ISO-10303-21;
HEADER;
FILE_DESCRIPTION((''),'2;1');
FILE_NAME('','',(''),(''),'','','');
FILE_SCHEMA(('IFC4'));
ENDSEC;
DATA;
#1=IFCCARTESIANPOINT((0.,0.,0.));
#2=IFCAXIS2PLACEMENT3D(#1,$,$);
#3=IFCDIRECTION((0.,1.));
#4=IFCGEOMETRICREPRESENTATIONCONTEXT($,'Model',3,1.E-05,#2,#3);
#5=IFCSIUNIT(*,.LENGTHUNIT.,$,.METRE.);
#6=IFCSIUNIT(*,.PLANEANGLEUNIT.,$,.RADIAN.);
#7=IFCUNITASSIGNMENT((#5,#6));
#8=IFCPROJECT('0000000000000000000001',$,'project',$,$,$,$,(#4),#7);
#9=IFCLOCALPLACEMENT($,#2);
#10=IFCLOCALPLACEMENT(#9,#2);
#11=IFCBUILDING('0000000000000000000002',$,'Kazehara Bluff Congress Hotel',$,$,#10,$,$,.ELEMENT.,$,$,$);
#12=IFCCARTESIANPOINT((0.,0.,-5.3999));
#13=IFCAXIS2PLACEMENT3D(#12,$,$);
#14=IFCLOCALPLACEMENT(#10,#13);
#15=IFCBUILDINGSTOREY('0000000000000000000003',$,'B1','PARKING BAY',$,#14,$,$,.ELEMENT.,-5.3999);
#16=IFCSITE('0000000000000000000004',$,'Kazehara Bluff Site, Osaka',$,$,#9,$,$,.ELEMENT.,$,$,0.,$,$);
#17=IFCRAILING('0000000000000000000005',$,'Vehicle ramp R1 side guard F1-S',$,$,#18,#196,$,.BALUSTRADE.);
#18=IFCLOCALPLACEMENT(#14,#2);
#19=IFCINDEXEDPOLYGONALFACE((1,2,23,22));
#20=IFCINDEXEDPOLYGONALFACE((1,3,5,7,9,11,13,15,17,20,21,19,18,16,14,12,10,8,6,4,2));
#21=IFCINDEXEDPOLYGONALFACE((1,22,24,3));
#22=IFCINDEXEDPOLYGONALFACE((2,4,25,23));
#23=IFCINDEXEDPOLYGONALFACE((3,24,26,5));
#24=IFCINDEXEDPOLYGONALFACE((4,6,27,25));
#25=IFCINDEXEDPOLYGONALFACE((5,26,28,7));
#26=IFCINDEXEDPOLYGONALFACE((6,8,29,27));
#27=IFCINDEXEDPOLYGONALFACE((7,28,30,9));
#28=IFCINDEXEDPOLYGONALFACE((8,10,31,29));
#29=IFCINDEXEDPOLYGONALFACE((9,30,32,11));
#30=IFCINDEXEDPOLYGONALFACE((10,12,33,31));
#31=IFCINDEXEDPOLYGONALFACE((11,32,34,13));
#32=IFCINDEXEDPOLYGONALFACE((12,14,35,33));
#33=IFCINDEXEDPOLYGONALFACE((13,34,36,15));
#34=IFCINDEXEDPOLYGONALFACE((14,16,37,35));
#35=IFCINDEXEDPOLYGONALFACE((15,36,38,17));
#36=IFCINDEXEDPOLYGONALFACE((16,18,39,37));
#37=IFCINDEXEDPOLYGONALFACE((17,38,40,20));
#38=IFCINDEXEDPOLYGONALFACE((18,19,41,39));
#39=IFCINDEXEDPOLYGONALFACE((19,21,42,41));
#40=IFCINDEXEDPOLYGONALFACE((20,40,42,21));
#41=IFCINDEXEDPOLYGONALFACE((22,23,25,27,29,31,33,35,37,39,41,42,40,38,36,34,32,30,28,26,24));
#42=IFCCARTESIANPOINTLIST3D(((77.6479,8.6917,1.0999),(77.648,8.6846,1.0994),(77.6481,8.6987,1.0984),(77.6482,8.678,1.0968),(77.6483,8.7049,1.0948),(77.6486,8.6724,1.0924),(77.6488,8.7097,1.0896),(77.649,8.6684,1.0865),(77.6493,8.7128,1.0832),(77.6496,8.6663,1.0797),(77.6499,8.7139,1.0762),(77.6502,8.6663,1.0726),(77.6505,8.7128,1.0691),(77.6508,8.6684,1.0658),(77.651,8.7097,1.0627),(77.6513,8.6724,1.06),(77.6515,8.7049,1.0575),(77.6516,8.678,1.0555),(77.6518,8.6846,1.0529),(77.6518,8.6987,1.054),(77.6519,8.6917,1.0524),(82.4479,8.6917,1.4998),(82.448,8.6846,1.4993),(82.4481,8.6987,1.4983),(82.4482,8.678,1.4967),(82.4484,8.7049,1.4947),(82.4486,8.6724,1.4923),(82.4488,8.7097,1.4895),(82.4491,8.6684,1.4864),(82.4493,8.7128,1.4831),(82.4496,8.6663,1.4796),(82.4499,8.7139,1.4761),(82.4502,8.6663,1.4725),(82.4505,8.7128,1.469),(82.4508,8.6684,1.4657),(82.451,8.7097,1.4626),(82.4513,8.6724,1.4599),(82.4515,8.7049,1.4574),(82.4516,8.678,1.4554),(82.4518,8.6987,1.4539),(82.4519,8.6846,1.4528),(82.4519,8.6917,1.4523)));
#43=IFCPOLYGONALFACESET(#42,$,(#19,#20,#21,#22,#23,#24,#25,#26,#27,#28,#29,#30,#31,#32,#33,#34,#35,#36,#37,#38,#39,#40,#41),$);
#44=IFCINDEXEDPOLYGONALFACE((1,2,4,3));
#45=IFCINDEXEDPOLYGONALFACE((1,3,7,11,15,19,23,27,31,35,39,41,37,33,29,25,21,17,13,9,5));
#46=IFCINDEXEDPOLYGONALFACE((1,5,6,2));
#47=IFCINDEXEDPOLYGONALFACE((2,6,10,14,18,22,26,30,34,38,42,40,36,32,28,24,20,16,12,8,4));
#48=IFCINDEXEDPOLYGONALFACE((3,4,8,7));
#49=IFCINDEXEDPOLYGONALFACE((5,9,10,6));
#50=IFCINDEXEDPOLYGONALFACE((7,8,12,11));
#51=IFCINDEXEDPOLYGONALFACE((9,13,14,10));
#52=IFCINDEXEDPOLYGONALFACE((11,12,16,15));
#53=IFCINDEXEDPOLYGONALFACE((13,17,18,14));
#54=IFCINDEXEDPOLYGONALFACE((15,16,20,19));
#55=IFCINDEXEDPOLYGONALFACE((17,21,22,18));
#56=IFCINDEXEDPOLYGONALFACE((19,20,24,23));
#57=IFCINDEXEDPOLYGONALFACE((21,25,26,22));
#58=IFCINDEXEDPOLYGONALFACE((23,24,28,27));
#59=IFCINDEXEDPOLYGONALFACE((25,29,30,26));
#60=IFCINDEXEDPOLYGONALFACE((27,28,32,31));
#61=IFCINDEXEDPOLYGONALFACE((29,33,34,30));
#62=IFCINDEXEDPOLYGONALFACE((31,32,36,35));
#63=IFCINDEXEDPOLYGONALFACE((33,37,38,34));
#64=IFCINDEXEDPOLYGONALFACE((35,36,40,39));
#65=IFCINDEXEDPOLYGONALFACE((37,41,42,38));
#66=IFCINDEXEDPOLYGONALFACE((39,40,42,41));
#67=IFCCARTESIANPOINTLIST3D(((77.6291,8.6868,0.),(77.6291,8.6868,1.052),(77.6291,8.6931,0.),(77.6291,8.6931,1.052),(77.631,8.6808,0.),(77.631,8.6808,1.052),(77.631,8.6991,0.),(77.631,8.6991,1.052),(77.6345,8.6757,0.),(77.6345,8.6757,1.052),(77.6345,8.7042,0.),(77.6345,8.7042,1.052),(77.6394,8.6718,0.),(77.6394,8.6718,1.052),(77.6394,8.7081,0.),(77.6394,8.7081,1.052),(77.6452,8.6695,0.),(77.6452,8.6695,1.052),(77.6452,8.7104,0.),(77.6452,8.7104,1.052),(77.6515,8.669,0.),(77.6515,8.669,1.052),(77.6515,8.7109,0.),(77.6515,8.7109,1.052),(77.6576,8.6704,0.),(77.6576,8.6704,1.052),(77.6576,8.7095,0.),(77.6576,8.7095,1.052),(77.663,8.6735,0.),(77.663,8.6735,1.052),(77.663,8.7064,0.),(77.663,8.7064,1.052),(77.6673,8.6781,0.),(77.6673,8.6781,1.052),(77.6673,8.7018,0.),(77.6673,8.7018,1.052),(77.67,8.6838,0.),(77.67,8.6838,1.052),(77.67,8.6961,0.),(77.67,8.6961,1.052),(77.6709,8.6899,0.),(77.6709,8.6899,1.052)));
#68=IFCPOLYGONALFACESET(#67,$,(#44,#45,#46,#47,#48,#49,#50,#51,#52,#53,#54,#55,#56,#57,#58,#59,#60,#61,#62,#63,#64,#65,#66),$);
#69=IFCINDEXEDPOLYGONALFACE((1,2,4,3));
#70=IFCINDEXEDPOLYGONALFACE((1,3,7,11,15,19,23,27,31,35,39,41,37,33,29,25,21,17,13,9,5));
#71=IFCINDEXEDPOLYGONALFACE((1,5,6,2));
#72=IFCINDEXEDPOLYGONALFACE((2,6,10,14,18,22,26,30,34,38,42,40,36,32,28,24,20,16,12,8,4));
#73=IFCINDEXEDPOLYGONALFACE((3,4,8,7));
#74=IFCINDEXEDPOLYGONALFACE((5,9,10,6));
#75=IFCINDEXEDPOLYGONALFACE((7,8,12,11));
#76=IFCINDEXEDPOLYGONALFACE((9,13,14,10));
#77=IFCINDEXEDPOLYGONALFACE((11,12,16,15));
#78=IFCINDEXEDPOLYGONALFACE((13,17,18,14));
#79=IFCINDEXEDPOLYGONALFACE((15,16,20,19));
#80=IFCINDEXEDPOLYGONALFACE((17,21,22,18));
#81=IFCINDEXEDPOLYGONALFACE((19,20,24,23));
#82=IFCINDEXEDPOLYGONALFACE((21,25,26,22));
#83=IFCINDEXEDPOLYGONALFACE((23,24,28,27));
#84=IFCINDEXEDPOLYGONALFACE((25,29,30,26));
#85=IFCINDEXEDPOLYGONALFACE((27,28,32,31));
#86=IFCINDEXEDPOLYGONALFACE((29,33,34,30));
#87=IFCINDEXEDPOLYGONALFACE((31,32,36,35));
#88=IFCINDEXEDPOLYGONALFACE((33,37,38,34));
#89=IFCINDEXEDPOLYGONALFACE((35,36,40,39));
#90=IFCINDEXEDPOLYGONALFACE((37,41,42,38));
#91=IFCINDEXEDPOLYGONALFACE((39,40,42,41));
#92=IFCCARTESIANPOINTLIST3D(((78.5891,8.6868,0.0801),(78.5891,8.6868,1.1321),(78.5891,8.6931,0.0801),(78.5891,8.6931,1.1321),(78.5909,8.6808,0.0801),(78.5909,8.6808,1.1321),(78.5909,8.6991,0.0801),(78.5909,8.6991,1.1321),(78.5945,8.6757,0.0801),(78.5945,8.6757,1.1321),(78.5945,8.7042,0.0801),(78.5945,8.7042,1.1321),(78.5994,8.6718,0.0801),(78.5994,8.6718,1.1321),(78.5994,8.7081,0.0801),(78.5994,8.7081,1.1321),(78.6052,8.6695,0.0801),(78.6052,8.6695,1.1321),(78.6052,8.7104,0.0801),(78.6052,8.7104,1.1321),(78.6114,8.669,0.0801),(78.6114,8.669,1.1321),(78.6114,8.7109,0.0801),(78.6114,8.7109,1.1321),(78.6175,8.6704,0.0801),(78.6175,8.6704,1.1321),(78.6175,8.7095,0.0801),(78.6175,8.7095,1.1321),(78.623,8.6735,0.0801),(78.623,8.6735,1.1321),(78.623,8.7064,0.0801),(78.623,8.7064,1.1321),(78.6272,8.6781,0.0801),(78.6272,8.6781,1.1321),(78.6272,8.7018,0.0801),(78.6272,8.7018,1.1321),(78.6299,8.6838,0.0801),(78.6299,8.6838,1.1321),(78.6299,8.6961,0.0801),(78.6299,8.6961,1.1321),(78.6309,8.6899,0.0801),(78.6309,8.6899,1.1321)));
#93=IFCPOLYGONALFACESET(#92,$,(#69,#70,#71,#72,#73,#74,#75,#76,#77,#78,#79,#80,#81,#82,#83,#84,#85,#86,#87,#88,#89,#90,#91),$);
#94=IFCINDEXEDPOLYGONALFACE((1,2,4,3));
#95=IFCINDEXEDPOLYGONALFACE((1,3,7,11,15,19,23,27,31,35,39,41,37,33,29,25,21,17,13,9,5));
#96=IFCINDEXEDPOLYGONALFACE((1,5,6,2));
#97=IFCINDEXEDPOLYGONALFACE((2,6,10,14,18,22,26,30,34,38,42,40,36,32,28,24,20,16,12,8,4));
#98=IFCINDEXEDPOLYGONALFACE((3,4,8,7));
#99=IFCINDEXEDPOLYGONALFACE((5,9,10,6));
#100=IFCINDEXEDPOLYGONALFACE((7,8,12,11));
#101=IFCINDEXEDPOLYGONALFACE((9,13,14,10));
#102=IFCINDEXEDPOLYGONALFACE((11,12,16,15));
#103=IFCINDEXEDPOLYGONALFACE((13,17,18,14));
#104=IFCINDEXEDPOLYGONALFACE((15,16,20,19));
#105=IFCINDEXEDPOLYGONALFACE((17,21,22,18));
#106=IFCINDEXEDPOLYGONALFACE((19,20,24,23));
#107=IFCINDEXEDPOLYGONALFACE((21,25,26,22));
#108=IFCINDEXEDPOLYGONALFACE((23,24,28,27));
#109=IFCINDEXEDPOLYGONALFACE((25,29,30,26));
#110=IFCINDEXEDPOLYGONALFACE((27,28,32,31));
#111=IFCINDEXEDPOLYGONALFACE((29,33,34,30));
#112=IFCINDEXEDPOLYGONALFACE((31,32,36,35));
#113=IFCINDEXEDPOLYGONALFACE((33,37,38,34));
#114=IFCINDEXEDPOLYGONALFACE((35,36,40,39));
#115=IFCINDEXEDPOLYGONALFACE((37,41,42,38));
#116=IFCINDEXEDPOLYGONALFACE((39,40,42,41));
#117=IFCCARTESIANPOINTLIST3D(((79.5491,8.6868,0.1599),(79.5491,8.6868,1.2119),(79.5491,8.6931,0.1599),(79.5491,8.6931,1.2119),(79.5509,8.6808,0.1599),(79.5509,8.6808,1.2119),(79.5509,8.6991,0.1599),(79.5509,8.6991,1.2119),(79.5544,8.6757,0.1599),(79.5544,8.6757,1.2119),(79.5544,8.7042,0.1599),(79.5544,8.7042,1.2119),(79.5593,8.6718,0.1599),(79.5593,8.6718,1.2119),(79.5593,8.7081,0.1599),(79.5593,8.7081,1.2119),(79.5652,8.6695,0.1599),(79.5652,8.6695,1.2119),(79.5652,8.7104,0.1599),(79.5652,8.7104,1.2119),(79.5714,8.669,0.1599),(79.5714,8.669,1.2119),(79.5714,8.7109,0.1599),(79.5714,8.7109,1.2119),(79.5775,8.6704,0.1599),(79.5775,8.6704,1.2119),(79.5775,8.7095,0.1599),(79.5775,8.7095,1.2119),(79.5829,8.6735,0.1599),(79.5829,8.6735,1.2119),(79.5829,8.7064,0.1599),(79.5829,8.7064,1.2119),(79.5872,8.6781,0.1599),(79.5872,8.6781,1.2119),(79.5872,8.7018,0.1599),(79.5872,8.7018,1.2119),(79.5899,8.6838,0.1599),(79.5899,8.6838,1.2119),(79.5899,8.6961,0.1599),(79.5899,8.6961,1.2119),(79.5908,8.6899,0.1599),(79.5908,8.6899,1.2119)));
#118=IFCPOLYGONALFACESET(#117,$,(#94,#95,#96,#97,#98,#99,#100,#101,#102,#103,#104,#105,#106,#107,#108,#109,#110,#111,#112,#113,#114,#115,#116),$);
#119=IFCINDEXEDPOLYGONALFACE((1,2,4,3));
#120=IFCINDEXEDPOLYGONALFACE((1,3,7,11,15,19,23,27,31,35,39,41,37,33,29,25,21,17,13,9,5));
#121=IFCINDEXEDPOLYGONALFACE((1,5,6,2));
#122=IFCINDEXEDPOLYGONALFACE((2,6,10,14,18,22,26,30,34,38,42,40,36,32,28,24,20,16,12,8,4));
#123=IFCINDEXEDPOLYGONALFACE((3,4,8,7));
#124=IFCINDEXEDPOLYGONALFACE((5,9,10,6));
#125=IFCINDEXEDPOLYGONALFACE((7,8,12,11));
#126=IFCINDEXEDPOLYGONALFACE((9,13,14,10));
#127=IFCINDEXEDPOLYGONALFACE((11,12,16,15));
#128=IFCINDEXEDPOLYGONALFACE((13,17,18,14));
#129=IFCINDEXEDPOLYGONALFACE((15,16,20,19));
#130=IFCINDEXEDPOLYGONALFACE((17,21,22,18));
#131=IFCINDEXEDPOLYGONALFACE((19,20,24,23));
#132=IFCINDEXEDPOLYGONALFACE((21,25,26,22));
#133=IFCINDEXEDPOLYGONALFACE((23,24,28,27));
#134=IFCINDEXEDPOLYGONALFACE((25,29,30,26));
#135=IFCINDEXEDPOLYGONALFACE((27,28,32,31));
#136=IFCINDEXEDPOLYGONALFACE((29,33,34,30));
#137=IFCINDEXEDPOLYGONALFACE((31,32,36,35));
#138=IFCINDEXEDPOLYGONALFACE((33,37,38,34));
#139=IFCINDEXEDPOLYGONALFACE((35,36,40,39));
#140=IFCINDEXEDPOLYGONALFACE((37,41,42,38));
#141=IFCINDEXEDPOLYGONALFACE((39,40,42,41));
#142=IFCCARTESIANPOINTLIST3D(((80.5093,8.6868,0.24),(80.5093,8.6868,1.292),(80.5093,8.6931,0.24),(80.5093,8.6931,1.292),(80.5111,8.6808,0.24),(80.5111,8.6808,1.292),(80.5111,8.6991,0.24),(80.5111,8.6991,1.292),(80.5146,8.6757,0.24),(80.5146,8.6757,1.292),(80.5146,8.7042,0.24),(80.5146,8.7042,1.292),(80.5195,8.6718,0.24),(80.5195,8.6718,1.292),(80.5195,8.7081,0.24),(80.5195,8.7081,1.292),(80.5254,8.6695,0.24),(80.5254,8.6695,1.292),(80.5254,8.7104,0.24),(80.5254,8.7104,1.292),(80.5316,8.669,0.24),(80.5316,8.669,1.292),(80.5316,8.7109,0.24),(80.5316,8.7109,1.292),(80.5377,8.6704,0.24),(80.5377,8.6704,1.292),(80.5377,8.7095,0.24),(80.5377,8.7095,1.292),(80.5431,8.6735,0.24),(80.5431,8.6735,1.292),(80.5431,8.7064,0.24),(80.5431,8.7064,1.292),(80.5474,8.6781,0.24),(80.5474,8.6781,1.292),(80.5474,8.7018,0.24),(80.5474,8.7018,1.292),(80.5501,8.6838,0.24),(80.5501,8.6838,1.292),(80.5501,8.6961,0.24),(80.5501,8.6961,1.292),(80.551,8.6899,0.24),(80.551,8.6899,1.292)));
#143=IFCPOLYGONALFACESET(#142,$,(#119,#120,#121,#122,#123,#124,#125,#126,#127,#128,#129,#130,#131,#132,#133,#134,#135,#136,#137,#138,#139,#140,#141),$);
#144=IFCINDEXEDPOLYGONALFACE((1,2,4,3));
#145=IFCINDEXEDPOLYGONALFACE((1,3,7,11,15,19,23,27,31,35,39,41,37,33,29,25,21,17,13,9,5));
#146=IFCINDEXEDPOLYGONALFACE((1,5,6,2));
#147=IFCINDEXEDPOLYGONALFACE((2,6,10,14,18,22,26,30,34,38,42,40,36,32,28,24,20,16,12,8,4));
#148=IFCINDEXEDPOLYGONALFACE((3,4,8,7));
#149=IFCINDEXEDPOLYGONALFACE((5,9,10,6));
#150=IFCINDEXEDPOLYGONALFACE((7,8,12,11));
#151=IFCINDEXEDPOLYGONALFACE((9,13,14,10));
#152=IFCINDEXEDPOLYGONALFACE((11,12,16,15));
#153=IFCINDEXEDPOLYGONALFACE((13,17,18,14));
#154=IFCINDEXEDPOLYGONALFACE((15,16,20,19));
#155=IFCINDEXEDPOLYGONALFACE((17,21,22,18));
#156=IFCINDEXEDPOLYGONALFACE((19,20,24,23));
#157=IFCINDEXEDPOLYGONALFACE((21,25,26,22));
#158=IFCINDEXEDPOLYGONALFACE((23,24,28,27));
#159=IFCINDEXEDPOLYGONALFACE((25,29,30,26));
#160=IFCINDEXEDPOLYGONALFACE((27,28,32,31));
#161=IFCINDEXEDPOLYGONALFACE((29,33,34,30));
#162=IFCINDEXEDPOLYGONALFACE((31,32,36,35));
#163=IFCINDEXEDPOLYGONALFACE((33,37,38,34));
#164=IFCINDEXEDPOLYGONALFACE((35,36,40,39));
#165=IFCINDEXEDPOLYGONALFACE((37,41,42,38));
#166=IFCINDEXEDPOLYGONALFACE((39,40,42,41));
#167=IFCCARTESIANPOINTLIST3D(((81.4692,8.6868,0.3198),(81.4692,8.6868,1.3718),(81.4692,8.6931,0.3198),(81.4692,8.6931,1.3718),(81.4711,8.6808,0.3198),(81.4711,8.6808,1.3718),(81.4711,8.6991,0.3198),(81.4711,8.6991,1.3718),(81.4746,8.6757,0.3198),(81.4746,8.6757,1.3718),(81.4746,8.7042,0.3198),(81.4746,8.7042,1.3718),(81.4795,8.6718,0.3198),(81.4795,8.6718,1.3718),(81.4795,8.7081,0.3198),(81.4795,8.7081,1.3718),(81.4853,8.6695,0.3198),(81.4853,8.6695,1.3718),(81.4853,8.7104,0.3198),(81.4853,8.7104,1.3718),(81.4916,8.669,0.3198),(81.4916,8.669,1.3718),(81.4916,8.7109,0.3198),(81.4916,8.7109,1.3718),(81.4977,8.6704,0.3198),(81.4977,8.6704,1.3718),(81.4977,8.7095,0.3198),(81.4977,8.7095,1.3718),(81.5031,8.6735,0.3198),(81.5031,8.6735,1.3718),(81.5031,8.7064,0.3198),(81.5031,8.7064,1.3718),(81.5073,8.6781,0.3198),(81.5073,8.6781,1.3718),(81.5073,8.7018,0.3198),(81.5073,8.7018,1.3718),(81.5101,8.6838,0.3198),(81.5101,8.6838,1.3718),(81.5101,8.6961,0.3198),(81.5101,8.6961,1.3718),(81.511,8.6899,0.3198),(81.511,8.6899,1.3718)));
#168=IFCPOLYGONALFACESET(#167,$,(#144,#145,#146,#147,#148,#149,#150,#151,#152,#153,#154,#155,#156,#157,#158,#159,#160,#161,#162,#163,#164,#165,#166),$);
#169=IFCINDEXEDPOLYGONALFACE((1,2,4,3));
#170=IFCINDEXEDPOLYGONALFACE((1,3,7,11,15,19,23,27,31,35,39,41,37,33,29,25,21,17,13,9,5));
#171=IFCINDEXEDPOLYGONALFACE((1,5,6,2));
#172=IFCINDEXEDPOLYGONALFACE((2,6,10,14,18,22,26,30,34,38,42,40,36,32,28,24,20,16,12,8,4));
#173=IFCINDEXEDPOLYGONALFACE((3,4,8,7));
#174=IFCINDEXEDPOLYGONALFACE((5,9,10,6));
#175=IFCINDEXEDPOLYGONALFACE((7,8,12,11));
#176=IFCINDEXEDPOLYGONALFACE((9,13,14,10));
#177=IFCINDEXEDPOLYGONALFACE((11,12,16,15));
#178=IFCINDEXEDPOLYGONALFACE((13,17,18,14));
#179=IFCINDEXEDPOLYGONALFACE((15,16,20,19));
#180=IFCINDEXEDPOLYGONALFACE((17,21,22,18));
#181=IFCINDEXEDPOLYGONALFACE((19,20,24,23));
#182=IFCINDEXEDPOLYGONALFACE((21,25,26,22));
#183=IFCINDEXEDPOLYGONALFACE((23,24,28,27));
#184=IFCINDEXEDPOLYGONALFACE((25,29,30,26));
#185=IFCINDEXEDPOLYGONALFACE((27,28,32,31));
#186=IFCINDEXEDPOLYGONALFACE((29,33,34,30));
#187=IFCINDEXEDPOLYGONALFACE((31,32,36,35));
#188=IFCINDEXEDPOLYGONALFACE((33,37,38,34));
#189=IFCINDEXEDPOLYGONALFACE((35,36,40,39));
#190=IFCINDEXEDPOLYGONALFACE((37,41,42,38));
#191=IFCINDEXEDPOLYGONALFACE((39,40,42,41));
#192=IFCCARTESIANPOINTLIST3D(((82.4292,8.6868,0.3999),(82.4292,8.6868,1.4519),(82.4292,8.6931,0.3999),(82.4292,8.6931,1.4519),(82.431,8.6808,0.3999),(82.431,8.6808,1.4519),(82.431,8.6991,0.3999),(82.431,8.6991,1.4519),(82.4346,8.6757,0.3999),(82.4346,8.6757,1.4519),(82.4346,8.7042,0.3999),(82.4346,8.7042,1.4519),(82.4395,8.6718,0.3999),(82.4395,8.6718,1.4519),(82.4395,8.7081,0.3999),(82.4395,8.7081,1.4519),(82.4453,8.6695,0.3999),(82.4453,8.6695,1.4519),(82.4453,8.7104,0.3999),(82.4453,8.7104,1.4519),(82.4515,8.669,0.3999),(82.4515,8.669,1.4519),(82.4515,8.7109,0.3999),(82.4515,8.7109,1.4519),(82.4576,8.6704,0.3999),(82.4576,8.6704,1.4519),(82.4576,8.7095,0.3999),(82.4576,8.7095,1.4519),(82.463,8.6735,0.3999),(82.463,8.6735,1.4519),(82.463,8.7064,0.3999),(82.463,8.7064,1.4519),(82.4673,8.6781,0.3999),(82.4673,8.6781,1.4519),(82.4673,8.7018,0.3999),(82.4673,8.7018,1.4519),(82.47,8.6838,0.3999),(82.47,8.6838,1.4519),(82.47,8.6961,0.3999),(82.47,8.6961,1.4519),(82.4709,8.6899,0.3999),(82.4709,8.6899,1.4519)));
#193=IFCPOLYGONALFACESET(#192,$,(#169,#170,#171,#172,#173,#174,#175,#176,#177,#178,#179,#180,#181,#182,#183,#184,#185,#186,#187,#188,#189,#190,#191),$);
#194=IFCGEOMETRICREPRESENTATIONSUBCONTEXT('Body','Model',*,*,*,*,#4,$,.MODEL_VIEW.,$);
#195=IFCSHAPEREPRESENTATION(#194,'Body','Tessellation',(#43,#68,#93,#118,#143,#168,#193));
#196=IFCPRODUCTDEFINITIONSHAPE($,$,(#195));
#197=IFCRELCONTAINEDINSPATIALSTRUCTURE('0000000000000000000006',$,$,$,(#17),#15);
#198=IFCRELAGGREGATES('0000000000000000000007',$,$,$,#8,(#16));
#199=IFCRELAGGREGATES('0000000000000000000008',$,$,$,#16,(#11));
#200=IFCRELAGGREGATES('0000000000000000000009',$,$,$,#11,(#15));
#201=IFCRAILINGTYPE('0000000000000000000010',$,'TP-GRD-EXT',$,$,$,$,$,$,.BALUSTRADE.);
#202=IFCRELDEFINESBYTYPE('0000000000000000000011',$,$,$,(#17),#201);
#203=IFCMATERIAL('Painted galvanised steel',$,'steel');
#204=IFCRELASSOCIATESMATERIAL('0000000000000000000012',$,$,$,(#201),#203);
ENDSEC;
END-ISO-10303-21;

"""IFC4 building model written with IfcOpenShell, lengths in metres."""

from ifc_helpers import new_model, si_unit, direction, frame, origin, origin_2d, place, context, subcontext, project, spatial, circle, extrude, material, type_object, element, save


model = new_model("IFC4")

# Units and contexts
model_context = context("Model", 3, precision=1e-05, world=origin(), true_north=direction((0.0, 1.0)))
body_context = subcontext(model_context, "Body", "Model", "MODEL_VIEW")
ifc_project = project(units=[si_unit("LENGTHUNIT", "METRE"), si_unit("PLANEANGLEUNIT", "RADIAN")], contexts=[model_context])

# Site, building, storey
site_placement = place(None, origin())
site = spatial("IfcSite", under=ifc_project, at=site_placement, Name="Kazehara Bluff Site, Osaka", CompositionType="ELEMENT", RefElevation=0.0)
building_placement = place(site_placement, origin())
building = spatial("IfcBuilding", under=site, at=building_placement, Name="Kazehara Bluff Congress Hotel", CompositionType="ELEMENT")
storey_placement = place(building_placement, frame((0.0, 0.0, -5.3999)))
storey = spatial("IfcBuildingStorey", under=building, at=storey_placement, Name="B1", Description="PARKING BAY", CompositionType="ELEMENT", Elevation=-5.3999)

# Railing
ifc_material_1 = material(Name="Painted galvanised steel", Category="steel")
railing_type = type_object("IfcRailingType", Name="TP-GRD-EXT", PredefinedType="BALUSTRADE", material=ifc_material_1)
railing_1_placement = place(storey_placement, frame((77.6499, 8.6899, 0.0)))
element("IfcRailing", 1, at=railing_1_placement, inside=storey, type_object=railing_type, Name="Vehicle ramp R1 side guard F1-S", PredefinedType="BALUSTRADE", context=body_context, shape_type="SweptSolid", body=[
    extrude(circle(Radius=0.0239, at=origin_2d()), frame((0.0, 0.0, 1.0762), z_axis=(0.996548, 0.0, 0.083025), x_axis=(0.0, 1.0, 0.0)), (0.0, 0.0, 1.0), 4.8167),
    extrude(circle(Radius=0.021, at=origin_2d()), origin(), (0.0, 0.0, 1.0), 1.052),
    extrude(circle(Radius=0.021, at=origin_2d()), frame((0.96, 0.0, 0.0801)), (0.0, 0.0, 1.0), 1.052),
    extrude(circle(Radius=0.021, at=origin_2d()), frame((1.9199, 0.0, 0.1599)), (0.0, 0.0, 1.0), 1.052),
    extrude(circle(Radius=0.021, at=origin_2d()), frame((2.8801, 0.0, 0.24)), (0.0, 0.0, 1.0), 1.052),
    extrude(circle(Radius=0.021, at=origin_2d()), frame((3.8401, 0.0, 0.3198)), (0.0, 0.0, 1.0), 1.052),
    extrude(circle(Radius=0.021, at=origin_2d()), frame((4.8, 0.0, 0.3999)), (0.0, 0.0, 1.0), 1.052),
])

save(model, "model.ifc")
